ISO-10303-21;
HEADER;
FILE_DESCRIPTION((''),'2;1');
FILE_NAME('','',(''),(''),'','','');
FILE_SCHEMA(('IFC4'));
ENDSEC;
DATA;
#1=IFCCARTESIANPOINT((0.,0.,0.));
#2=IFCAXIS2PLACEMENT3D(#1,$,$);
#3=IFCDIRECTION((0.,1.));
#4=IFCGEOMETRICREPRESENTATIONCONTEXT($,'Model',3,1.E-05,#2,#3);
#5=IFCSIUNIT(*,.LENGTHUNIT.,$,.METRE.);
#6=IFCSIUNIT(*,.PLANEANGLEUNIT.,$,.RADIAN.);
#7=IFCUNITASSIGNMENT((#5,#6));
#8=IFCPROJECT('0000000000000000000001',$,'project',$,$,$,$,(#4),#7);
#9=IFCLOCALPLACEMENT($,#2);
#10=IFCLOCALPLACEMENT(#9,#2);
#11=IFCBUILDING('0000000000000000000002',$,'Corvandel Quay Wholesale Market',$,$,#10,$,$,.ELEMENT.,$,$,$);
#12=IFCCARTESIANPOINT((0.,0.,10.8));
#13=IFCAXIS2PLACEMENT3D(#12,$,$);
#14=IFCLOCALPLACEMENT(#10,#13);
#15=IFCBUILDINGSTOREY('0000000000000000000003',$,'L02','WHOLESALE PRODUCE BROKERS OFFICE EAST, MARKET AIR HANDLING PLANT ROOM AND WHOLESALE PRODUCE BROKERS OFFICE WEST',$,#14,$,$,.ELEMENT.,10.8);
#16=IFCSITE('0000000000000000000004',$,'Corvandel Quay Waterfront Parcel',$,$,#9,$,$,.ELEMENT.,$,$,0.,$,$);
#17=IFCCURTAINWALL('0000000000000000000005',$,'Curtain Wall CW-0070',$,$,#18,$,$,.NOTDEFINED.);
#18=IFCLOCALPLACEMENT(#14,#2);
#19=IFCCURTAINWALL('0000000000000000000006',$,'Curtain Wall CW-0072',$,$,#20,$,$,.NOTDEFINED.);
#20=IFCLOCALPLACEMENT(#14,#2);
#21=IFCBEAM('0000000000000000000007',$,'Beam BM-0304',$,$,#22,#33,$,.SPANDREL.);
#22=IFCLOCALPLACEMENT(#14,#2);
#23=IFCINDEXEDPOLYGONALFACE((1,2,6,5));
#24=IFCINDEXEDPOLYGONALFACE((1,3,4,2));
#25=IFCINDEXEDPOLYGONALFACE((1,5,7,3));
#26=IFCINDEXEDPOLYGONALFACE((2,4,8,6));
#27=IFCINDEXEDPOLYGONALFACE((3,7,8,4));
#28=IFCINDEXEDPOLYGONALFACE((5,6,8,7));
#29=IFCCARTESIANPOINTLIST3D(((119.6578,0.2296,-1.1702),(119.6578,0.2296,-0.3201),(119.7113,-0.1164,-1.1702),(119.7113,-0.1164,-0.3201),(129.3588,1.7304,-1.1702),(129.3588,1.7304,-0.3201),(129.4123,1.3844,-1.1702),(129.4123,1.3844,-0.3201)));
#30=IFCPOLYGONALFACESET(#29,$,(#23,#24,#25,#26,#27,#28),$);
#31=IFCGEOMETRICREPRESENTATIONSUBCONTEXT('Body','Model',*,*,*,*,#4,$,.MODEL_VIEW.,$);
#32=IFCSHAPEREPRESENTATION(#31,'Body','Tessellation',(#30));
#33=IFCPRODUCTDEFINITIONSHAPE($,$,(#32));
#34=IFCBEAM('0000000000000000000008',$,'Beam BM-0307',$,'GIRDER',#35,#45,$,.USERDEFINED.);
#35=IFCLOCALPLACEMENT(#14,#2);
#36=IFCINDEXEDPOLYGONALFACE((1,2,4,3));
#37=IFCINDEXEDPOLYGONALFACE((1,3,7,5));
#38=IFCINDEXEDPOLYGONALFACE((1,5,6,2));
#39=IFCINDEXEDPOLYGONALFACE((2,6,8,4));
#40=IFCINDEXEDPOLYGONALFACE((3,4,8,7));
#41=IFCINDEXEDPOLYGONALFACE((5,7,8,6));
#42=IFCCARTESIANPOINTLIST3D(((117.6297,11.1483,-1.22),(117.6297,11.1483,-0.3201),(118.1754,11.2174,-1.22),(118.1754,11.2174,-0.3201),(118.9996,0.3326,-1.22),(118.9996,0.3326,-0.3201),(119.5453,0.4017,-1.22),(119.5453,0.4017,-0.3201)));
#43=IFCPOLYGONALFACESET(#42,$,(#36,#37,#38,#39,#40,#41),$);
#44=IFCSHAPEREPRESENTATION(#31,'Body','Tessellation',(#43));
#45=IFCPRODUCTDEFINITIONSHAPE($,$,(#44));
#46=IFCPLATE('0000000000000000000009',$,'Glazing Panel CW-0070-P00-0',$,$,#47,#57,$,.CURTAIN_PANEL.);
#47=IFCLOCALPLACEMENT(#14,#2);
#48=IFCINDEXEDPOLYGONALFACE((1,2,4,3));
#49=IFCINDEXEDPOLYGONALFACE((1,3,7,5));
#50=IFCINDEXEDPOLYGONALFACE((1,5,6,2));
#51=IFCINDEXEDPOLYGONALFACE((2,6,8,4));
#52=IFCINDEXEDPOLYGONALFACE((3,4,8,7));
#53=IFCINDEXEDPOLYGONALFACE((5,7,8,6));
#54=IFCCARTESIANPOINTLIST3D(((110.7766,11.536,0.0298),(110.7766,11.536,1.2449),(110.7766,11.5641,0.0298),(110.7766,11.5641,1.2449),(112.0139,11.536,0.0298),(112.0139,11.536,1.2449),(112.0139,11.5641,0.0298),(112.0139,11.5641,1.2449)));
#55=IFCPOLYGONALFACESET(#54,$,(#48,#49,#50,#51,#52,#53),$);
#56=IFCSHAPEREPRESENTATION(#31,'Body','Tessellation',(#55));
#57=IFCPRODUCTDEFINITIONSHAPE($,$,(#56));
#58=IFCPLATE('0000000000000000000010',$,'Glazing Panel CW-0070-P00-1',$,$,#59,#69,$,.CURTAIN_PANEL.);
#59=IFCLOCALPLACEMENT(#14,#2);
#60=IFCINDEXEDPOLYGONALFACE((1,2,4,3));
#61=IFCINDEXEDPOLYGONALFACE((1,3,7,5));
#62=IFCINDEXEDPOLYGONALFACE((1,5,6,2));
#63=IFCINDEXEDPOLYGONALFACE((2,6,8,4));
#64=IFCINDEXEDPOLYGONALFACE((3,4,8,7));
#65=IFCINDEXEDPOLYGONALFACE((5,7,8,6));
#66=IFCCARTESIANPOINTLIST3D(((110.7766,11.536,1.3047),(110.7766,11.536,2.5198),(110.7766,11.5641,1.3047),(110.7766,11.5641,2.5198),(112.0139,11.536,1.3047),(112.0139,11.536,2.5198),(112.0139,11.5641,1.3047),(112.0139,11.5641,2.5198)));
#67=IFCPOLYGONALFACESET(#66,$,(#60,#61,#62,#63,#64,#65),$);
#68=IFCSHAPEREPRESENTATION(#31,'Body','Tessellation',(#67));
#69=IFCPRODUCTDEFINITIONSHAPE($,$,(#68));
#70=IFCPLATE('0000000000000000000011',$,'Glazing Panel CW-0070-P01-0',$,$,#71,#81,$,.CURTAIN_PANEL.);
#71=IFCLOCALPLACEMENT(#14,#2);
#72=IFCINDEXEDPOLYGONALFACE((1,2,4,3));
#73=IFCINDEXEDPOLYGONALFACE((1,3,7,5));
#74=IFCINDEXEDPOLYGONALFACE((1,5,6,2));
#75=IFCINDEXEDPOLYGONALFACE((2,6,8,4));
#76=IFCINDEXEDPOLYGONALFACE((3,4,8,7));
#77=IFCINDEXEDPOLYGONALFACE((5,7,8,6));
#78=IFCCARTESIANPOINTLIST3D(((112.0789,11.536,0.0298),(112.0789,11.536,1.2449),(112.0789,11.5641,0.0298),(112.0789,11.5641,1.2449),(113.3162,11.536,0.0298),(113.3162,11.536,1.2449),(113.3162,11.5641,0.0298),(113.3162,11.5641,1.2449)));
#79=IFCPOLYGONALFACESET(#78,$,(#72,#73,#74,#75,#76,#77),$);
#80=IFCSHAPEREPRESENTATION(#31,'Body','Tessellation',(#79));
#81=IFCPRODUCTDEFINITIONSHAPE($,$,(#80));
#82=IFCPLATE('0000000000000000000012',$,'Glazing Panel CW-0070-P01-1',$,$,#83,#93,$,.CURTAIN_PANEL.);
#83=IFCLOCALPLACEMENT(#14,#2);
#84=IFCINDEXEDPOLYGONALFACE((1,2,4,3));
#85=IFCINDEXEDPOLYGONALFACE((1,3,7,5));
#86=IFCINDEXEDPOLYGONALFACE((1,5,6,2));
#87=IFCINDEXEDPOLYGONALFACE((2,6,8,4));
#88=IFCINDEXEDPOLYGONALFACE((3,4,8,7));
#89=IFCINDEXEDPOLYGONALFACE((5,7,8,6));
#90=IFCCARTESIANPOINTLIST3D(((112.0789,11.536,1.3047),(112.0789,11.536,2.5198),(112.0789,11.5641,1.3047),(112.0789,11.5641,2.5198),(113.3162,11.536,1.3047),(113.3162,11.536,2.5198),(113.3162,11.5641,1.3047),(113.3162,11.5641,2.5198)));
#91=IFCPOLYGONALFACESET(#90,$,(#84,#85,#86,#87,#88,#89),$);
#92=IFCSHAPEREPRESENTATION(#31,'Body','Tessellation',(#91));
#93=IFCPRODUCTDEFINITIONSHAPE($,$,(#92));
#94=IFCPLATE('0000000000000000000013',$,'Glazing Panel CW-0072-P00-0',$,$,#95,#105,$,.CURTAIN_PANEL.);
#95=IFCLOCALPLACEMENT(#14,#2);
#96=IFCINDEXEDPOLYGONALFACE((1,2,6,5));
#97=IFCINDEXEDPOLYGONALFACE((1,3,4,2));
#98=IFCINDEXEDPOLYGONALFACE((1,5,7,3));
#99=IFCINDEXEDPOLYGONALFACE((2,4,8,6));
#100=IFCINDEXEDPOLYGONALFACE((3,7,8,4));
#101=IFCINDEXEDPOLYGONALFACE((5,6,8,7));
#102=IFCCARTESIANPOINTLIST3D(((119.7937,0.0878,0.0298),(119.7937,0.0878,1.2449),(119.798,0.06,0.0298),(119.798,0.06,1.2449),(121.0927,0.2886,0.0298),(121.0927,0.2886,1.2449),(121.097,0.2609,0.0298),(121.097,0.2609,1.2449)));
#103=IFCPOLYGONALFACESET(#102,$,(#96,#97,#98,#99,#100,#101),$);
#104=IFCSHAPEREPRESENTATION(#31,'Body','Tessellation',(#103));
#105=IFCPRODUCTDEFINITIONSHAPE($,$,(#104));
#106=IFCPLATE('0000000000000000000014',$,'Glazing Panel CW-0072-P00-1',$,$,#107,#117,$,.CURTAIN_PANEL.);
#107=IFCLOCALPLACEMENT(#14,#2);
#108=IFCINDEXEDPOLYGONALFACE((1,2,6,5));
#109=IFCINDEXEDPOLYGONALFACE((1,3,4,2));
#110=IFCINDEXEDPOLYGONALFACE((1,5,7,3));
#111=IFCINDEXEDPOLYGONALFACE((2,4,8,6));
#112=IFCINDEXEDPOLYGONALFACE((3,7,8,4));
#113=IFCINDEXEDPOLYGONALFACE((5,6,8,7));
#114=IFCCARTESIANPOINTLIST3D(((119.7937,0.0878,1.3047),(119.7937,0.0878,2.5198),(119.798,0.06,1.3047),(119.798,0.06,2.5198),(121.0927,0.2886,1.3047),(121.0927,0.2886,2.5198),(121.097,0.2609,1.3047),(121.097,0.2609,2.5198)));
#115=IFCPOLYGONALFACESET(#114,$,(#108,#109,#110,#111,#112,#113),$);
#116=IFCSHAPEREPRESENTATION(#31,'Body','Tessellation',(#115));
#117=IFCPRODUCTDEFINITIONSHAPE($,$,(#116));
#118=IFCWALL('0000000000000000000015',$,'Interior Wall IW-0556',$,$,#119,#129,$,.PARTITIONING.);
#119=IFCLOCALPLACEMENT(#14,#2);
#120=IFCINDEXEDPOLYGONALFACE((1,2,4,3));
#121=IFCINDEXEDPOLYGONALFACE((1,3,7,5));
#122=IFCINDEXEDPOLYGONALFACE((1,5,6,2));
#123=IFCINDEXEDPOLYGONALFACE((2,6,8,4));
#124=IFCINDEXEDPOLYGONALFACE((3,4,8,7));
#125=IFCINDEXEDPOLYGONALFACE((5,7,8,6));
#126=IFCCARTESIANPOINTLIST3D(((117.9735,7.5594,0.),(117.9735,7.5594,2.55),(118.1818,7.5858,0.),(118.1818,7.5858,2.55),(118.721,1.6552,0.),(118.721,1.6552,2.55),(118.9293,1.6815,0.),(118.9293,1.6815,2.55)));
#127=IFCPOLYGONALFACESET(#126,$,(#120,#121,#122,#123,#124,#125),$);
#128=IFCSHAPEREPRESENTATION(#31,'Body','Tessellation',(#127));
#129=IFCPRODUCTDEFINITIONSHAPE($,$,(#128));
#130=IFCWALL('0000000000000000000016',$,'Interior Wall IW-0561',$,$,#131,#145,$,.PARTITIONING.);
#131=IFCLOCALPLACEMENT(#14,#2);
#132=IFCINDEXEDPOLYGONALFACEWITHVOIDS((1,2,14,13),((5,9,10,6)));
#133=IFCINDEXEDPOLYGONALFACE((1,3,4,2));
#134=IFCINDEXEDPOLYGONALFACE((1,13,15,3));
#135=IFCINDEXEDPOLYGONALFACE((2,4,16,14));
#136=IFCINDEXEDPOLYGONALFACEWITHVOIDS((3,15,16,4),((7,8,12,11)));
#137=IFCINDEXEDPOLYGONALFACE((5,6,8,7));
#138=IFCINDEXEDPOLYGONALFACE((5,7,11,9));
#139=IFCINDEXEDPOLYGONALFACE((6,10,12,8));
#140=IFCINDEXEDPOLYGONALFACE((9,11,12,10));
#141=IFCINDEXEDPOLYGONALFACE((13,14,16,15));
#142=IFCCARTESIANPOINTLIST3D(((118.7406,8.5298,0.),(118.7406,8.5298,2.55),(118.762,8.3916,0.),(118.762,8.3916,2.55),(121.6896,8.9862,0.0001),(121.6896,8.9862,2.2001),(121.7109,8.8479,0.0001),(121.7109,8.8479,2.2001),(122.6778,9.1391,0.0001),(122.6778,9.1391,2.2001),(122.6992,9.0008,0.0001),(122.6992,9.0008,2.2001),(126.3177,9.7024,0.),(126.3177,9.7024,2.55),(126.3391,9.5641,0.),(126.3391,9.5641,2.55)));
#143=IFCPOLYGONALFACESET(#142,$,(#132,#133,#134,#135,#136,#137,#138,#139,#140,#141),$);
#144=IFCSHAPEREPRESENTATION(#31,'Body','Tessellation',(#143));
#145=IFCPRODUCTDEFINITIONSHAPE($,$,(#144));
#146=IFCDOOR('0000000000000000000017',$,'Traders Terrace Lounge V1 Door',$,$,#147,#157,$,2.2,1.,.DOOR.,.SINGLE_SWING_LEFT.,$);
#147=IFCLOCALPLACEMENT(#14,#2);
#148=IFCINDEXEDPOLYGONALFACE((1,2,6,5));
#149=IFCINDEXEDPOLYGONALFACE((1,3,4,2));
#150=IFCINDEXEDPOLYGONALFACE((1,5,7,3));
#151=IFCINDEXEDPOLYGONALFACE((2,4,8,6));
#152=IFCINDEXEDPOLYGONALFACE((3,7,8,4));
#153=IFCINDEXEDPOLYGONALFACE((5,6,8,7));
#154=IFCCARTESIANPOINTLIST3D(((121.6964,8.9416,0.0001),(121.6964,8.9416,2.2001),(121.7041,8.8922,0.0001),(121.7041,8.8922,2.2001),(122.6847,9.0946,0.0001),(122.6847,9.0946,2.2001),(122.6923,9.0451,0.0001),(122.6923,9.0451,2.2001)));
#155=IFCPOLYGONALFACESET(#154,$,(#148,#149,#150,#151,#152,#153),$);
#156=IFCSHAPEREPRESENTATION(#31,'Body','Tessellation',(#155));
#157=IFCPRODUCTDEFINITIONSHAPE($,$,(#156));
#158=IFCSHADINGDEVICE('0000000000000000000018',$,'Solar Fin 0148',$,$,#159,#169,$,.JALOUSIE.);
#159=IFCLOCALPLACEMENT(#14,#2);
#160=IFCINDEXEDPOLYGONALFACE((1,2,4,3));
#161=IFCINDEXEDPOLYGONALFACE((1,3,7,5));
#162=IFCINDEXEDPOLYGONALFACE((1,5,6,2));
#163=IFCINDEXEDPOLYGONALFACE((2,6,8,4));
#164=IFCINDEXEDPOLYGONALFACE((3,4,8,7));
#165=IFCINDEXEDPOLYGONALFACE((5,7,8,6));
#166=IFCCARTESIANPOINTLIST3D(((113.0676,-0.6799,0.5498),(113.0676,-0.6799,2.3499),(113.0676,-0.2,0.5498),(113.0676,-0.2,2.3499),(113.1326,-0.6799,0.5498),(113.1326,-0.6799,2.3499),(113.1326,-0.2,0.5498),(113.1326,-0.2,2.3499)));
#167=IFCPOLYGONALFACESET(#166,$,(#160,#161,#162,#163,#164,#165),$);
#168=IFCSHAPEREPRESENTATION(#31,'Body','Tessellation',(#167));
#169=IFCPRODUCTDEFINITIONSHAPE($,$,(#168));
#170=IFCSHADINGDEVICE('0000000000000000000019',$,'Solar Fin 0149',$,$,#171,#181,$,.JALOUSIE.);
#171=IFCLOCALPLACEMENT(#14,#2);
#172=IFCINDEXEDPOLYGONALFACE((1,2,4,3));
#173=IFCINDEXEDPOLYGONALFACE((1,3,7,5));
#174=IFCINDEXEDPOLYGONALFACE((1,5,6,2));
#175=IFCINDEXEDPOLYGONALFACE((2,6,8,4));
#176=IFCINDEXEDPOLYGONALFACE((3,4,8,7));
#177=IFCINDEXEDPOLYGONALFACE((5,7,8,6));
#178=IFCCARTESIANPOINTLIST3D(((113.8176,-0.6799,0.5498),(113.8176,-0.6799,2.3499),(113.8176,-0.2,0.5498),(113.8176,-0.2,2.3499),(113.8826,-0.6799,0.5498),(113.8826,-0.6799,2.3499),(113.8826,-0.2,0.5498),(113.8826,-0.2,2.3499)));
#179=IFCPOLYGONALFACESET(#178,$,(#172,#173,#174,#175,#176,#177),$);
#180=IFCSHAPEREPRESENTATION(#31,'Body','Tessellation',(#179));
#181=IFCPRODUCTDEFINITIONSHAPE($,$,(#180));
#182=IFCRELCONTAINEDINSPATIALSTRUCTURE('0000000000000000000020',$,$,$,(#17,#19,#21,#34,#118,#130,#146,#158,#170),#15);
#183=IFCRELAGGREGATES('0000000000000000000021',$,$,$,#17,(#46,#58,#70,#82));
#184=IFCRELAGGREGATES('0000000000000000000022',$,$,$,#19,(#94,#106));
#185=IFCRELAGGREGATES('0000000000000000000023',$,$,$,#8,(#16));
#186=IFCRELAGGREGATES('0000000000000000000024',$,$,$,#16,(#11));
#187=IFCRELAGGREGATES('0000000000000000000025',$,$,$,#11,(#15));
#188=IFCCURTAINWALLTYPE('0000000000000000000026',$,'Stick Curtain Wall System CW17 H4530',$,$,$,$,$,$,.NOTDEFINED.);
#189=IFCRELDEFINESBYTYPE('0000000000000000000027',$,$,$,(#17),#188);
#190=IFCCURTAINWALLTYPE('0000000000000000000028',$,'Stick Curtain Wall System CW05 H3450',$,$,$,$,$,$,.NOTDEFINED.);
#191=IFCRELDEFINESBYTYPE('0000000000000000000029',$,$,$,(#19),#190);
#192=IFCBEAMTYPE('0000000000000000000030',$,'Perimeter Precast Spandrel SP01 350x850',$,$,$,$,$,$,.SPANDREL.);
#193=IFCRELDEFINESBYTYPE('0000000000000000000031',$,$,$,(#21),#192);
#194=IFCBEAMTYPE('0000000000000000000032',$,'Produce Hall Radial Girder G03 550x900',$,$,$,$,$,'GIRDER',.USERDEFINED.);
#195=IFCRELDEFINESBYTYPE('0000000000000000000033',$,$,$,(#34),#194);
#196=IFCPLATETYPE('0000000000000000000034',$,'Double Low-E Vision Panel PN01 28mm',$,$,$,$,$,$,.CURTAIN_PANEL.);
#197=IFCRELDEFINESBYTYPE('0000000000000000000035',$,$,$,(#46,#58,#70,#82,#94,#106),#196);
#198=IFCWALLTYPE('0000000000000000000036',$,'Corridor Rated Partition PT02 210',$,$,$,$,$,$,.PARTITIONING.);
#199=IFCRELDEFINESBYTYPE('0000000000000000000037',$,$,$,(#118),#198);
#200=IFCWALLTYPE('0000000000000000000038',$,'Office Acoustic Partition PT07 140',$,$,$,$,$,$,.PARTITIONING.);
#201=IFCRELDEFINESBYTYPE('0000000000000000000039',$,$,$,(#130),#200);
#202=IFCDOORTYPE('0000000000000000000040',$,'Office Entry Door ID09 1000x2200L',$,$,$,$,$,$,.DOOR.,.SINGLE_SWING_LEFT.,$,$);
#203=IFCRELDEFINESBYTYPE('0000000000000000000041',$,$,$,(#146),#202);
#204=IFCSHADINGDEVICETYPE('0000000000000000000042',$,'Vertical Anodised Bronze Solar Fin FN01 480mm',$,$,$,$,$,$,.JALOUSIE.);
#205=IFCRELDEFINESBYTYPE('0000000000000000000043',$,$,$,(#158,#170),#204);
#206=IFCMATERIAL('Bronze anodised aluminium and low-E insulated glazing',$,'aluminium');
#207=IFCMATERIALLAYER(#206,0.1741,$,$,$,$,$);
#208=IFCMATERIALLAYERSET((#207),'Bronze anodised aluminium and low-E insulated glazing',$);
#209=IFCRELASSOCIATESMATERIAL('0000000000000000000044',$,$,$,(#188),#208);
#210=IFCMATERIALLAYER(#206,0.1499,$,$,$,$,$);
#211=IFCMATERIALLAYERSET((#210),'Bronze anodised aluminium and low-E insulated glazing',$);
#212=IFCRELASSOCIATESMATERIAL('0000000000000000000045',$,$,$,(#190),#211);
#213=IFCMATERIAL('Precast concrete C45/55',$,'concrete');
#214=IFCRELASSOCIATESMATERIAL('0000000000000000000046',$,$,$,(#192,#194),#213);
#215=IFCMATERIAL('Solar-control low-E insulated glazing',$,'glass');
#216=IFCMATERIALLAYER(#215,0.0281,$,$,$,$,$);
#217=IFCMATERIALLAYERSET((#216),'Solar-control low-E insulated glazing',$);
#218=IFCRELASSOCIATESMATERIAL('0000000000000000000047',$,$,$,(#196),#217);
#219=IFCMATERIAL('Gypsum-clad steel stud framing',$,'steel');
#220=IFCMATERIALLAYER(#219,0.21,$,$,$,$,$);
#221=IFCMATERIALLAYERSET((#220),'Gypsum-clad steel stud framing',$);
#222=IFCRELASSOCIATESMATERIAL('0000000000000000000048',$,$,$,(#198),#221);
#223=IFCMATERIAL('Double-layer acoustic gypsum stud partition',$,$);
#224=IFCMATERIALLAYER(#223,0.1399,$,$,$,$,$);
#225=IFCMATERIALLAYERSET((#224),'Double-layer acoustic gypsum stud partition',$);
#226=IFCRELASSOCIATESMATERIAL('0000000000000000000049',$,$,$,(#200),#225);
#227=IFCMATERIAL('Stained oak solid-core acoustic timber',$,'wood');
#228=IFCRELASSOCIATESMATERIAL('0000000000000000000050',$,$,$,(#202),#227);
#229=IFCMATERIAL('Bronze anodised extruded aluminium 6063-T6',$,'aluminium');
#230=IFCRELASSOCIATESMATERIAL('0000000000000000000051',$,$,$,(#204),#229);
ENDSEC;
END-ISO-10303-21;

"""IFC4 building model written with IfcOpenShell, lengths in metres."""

from ifc_helpers import new_model, si_unit, direction, frame, frame_2d, origin, origin_2d, place, context, subcontext, project, spatial, rectangle, extrude, material, layer, layer_set, material_profile, profile_set, type_object, element, fill, aggregate, save


model = new_model("IFC4")

# Units and contexts
model_context = context("Model", 3, precision=1e-05, world=origin(), true_north=direction((0.0, 1.0)))
body_context = subcontext(model_context, "Body", "Model", "MODEL_VIEW")
ifc_project = project(units=[si_unit("LENGTHUNIT", "METRE"), si_unit("PLANEANGLEUNIT", "RADIAN")], contexts=[model_context])

# Site, building, storey
site_placement = place(None, origin())
site = spatial("IfcSite", under=ifc_project, at=site_placement, Name="Corvandel Quay Waterfront Parcel", CompositionType="ELEMENT", RefElevation=0.0)
building_placement = place(site_placement, origin())
building = spatial("IfcBuilding", under=site, at=building_placement, Name="Corvandel Quay Wholesale Market", CompositionType="ELEMENT")
storey_placement = place(building_placement, frame((0.0, 0.0, 10.8)))
storey = spatial("IfcBuildingStorey", under=building, at=storey_placement, Name="L02", Description="WHOLESALE PRODUCE BROKERS OFFICE EAST, MARKET AIR HANDLING PLANT ROOM AND WHOLESALE PRODUCE BROKERS OFFICE WEST", CompositionType="ELEMENT", Elevation=10.8)

# Shared definitions
ifc_material_1 = material(Name="Precast concrete C45/55", Category="concrete")

# Curtain wall
ifc_material_2 = material(Name="Bronze anodised aluminium and low-E insulated glazing", Category="aluminium")
ifc_layer_1 = layer(ifc_material_2, 0.1741)
ifc_layer_set_1 = layer_set([ifc_layer_1], Name="Bronze anodised aluminium and low-E insulated glazing")
curtain_wall_type_1 = type_object("IfcCurtainWallType", Name="Stick Curtain Wall System CW17 H4530", PredefinedType="NOTDEFINED", material=ifc_layer_set_1)
curtain_wall_1_placement = place(storey_placement, origin())
curtain_wall_1 = element("IfcCurtainWall", 1, at=curtain_wall_1_placement, inside=storey, type_object=curtain_wall_type_1, Name="Curtain Wall CW-0070", PredefinedType="NOTDEFINED")

# Curtain wall
ifc_layer_2 = layer(ifc_material_2, 0.1499)
ifc_layer_set_2 = layer_set([ifc_layer_2], Name="Bronze anodised aluminium and low-E insulated glazing")
curtain_wall_type_2 = type_object("IfcCurtainWallType", Name="Stick Curtain Wall System CW05 H3450", PredefinedType="NOTDEFINED", material=ifc_layer_set_2)
curtain_wall_2_placement = place(storey_placement, origin())
curtain_wall_2 = element("IfcCurtainWall", 2, at=curtain_wall_2_placement, inside=storey, type_object=curtain_wall_type_2, Name="Curtain Wall CW-0072", PredefinedType="NOTDEFINED")

# Beams
ifc_material_profile_1 = material_profile(ifc_material_1, rectangle(XDim=0.3501, YDim=0.8501, at=origin_2d()), Name="PC-SPN-350x850")
ifc_profile_set_1 = profile_set([ifc_material_profile_1], Name="Precast concrete C45/55")
beam_type_1 = type_object("IfcBeamType", Name="Perimeter Precast Spandrel SP01 350x850", PredefinedType="SPANDREL", material=ifc_profile_set_1)
beam_1_placement = place(storey_placement, frame((119.6846, 0.0566, -0.7451), z_axis=(0.988245, 0.152881, 0.0), x_axis=(-0.152881, 0.988245, 0.0)))
element("IfcBeam", 3, at=beam_1_placement, inside=storey, type_object=beam_type_1, Name="Beam BM-0304", PredefinedType="SPANDREL", context=body_context, shape_type="SweptSolid", body=[
    extrude(rectangle(XDim=0.3501, YDim=0.8501, at=origin_2d()), origin(), (0.0, 0.0, 1.0), 9.8164),
])
ifc_material_profile_2 = material_profile(ifc_material_1, rectangle(XDim=0.55, YDim=0.8999, at=origin_2d()), Name="PC-GIR-550x900")
ifc_profile_set_2 = profile_set([ifc_material_profile_2], Name="Precast concrete C45/55")
beam_type_2 = type_object("IfcBeamType", Name="Produce Hall Radial Girder G03 550x900", ElementType="GIRDER", PredefinedType="USERDEFINED", material=ifc_profile_set_2)
beam_2_placement = place(storey_placement, frame((119.2725, 0.3672, -0.77), z_axis=(-0.125652, 0.992074, 0.0), x_axis=(-0.992074, -0.125652, 0.0)))
element("IfcBeam", 4, at=beam_2_placement, inside=storey, type_object=beam_type_2, Name="Beam BM-0307", ObjectType="GIRDER", PredefinedType="USERDEFINED", context=body_context, shape_type="SweptSolid", body=[
    extrude(rectangle(XDim=0.55, YDim=0.8999, at=origin_2d()), origin(), (0.0, 0.0, 1.0), 10.9021),
])

# Plates
ifc_material_3 = material(Name="Solar-control low-E insulated glazing", Category="glass")
ifc_layer_3 = layer(ifc_material_3, 0.0281)
ifc_layer_set_3 = layer_set([ifc_layer_3], Name="Solar-control low-E insulated glazing")
plate_type = type_object("IfcPlateType", Name="Double Low-E Vision Panel PN01 28mm", PredefinedType="CURTAIN_PANEL", material=ifc_layer_set_3)
plate_1_placement = place(storey_placement, frame((111.3953, 11.55, 0.0298), z_axis=(0.0, 0.0, 1.0), x_axis=(1.0, 0.0, 0.0)))
plate_1 = element("IfcPlate", 5, at=plate_1_placement, type_object=plate_type, Name="Glazing Panel CW-0070-P00-0", PredefinedType="CURTAIN_PANEL", context=body_context, shape_type="SweptSolid", body=[
    extrude(rectangle(XDim=1.2373, YDim=0.0281, at=origin_2d()), origin(), (0.0, 0.0, 1.0), 1.2151),
])
plate_2_placement = place(storey_placement, frame((111.3953, 11.55, 1.3047), z_axis=(0.0, 0.0, 1.0), x_axis=(1.0, 0.0, 0.0)))
plate_2 = element("IfcPlate", 6, at=plate_2_placement, type_object=plate_type, Name="Glazing Panel CW-0070-P00-1", PredefinedType="CURTAIN_PANEL", context=body_context, shape_type="SweptSolid", body=[
    extrude(rectangle(XDim=1.2373, YDim=0.0281, at=origin_2d()), origin(), (0.0, 0.0, 1.0), 1.2151),
])
plate_3_placement = place(storey_placement, frame((112.6975, 11.55, 0.0298), z_axis=(0.0, 0.0, 1.0), x_axis=(1.0, 0.0, 0.0)))
plate_3 = element("IfcPlate", 7, at=plate_3_placement, type_object=plate_type, Name="Glazing Panel CW-0070-P01-0", PredefinedType="CURTAIN_PANEL", context=body_context, shape_type="SweptSolid", body=[
    extrude(rectangle(XDim=1.2373, YDim=0.0281, at=origin_2d()), origin(), (0.0, 0.0, 1.0), 1.2151),
])
plate_4_placement = place(storey_placement, frame((112.6975, 11.55, 1.3047), z_axis=(0.0, 0.0, 1.0), x_axis=(1.0, 0.0, 0.0)))
plate_4 = element("IfcPlate", 8, at=plate_4_placement, type_object=plate_type, Name="Glazing Panel CW-0070-P01-1", PredefinedType="CURTAIN_PANEL", context=body_context, shape_type="SweptSolid", body=[
    extrude(rectangle(XDim=1.2373, YDim=0.0281, at=origin_2d()), origin(), (0.0, 0.0, 1.0), 1.2151),
])
aggregate(curtain_wall_1, [plate_1, plate_2, plate_3, plate_4])
plate_5_placement = place(storey_placement, frame((120.4453, 0.1743, 0.0298), z_axis=(0.0, 0.0, 1.0), x_axis=(0.988255, 0.152813, 0.0)))
plate_5 = element("IfcPlate", 9, at=plate_5_placement, type_object=plate_type, Name="Glazing Panel CW-0072-P00-0", PredefinedType="CURTAIN_PANEL", context=body_context, shape_type="SweptSolid", body=[
    extrude(rectangle(XDim=1.3145, YDim=0.0281, at=origin_2d()), origin(), (0.0, 0.0, 1.0), 1.2151),
])
plate_6_placement = place(storey_placement, frame((120.4453, 0.1743, 1.3047), z_axis=(0.0, 0.0, 1.0), x_axis=(0.988255, 0.152813, 0.0)))
plate_6 = element("IfcPlate", 10, at=plate_6_placement, type_object=plate_type, Name="Glazing Panel CW-0072-P00-1", PredefinedType="CURTAIN_PANEL", context=body_context, shape_type="SweptSolid", body=[
    extrude(rectangle(XDim=1.3145, YDim=0.0281, at=origin_2d()), origin(), (0.0, 0.0, 1.0), 1.2151),
])
aggregate(curtain_wall_2, [plate_5, plate_6])

# Wall
ifc_material_4 = material(Name="Gypsum-clad steel stud framing", Category="steel")
ifc_layer_4 = layer(ifc_material_4, 0.21)
ifc_layer_set_4 = layer_set([ifc_layer_4], Name="Gypsum-clad steel stud framing")
wall_type_1 = type_object("IfcWallType", Name="Corridor Rated Partition PT02 210", PredefinedType="PARTITIONING", material=ifc_layer_set_4)
wall_1_placement = place(storey_placement, frame((118.0776, 7.5725, 0.0), z_axis=(0.0, 0.0, 1.0), x_axis=(0.12561, -0.99208, 0.0)))
element("IfcWall", 11, at=wall_1_placement, inside=storey, type_object=wall_type_1, Name="Interior Wall IW-0556", PredefinedType="PARTITIONING", context=body_context, shape_type="SweptSolid", body=[
    extrude(rectangle(XDim=5.9514, YDim=0.21, at=frame_2d((2.9756, 0.0))), origin(), (0.0, 0.0, 1.0), 2.55),
])

# Wall, opening, door
ifc_material_5 = material(Name="Double-layer acoustic gypsum stud partition")
ifc_layer_5 = layer(ifc_material_5, 0.1399)
ifc_layer_set_5 = layer_set([ifc_layer_5], Name="Double-layer acoustic gypsum stud partition")
wall_type_2 = type_object("IfcWallType", Name="Office Acoustic Partition PT07 140", PredefinedType="PARTITIONING", material=ifc_layer_set_5)
wall_2_placement = place(storey_placement, frame((118.7515, 8.4607, 0.0), z_axis=(0.0, 0.0, 1.0), x_axis=(0.988236, 0.152935, 0.0)))
wall_2 = element("IfcWall", 12, at=wall_2_placement, inside=storey, type_object=wall_type_2, Name="Interior Wall IW-0561", PredefinedType="PARTITIONING", context=body_context, shape_type="SweptSolid", body=[
    extrude(rectangle(XDim=7.6672, YDim=0.1399, at=frame_2d((3.8335, 0.0))), origin(), (0.0, 0.0, 1.0), 2.55),
])
opening_placement = place(wall_2_placement, frame((2.9839, 0.0, 0.0)))
opening = element("IfcOpeningElement", 13, at=opening_placement, cuts=wall_2, PredefinedType="OPENING", context=body_context, shape_type="SweptSolid", body=[
    extrude(rectangle(XDim=1.0, YDim=2.2, at=frame_2d((0.5, 1.1001))), frame((0.0, 0.0798, 0.0), z_axis=(0.0, -1.0, 0.0), x_axis=(1.0, 0.0, 0.0)), (0.0, 0.0, 1.0), 0.1599),
])
ifc_material_6 = material(Name="Stained oak solid-core acoustic timber", Category="wood")
door_type = type_object("IfcDoorType", Name="Office Entry Door ID09 1000x2200L", OperationType="SINGLE_SWING_LEFT", PredefinedType="DOOR", material=ifc_material_6)
door_placement = place(opening_placement, origin())
door = element("IfcDoor", 14, at=door_placement, inside=storey, type_object=door_type, Name="Traders Terrace Lounge V1 Door", OperationType="SINGLE_SWING_LEFT", OverallHeight=2.2, OverallWidth=1.0, PredefinedType="DOOR", context=body_context, shape_type="SweptSolid", body=[
    extrude(rectangle(XDim=1.0, YDim=2.2, at=frame_2d((0.5, 1.1001))), frame((0.0, 0.0249, 0.0), z_axis=(0.0, -1.0, 0.0), x_axis=(1.0, 0.0, 0.0)), (0.0, 0.0, 1.0), 0.05),
])
fill(opening, door)

# Shading devices
ifc_material_7 = material(Name="Bronze anodised extruded aluminium 6063-T6", Category="aluminium")
shading_device_type = type_object("IfcShadingDeviceType", Name="Vertical Anodised Bronze Solar Fin FN01 480mm", PredefinedType="JALOUSIE", material=ifc_material_7)
for number, where, z_axis, x_axis, name in (
    (15, (113.1001, -0.4399, 0.5498), (0.0, 0.0, 1.0), (0.0, 1.0, 0.0), "Solar Fin 0148"),
    (16, (113.8501, -0.4399, 0.5498), (0.0, 0.0, 1.0), (0.0, 1.0, 0.0), "Solar Fin 0149"),
):
    element("IfcShadingDevice", number, at=place(storey_placement, frame(where, z_axis=z_axis, x_axis=x_axis)), inside=storey, type_object=shading_device_type, Name=name, PredefinedType="JALOUSIE", context=body_context, shape_type="SweptSolid", body=[
        extrude(rectangle(XDim=0.48, YDim=0.0649, at=origin_2d()), origin(), (0.0, 0.0, 1.0), 1.8),
    ])

save(model, "model.ifc")
